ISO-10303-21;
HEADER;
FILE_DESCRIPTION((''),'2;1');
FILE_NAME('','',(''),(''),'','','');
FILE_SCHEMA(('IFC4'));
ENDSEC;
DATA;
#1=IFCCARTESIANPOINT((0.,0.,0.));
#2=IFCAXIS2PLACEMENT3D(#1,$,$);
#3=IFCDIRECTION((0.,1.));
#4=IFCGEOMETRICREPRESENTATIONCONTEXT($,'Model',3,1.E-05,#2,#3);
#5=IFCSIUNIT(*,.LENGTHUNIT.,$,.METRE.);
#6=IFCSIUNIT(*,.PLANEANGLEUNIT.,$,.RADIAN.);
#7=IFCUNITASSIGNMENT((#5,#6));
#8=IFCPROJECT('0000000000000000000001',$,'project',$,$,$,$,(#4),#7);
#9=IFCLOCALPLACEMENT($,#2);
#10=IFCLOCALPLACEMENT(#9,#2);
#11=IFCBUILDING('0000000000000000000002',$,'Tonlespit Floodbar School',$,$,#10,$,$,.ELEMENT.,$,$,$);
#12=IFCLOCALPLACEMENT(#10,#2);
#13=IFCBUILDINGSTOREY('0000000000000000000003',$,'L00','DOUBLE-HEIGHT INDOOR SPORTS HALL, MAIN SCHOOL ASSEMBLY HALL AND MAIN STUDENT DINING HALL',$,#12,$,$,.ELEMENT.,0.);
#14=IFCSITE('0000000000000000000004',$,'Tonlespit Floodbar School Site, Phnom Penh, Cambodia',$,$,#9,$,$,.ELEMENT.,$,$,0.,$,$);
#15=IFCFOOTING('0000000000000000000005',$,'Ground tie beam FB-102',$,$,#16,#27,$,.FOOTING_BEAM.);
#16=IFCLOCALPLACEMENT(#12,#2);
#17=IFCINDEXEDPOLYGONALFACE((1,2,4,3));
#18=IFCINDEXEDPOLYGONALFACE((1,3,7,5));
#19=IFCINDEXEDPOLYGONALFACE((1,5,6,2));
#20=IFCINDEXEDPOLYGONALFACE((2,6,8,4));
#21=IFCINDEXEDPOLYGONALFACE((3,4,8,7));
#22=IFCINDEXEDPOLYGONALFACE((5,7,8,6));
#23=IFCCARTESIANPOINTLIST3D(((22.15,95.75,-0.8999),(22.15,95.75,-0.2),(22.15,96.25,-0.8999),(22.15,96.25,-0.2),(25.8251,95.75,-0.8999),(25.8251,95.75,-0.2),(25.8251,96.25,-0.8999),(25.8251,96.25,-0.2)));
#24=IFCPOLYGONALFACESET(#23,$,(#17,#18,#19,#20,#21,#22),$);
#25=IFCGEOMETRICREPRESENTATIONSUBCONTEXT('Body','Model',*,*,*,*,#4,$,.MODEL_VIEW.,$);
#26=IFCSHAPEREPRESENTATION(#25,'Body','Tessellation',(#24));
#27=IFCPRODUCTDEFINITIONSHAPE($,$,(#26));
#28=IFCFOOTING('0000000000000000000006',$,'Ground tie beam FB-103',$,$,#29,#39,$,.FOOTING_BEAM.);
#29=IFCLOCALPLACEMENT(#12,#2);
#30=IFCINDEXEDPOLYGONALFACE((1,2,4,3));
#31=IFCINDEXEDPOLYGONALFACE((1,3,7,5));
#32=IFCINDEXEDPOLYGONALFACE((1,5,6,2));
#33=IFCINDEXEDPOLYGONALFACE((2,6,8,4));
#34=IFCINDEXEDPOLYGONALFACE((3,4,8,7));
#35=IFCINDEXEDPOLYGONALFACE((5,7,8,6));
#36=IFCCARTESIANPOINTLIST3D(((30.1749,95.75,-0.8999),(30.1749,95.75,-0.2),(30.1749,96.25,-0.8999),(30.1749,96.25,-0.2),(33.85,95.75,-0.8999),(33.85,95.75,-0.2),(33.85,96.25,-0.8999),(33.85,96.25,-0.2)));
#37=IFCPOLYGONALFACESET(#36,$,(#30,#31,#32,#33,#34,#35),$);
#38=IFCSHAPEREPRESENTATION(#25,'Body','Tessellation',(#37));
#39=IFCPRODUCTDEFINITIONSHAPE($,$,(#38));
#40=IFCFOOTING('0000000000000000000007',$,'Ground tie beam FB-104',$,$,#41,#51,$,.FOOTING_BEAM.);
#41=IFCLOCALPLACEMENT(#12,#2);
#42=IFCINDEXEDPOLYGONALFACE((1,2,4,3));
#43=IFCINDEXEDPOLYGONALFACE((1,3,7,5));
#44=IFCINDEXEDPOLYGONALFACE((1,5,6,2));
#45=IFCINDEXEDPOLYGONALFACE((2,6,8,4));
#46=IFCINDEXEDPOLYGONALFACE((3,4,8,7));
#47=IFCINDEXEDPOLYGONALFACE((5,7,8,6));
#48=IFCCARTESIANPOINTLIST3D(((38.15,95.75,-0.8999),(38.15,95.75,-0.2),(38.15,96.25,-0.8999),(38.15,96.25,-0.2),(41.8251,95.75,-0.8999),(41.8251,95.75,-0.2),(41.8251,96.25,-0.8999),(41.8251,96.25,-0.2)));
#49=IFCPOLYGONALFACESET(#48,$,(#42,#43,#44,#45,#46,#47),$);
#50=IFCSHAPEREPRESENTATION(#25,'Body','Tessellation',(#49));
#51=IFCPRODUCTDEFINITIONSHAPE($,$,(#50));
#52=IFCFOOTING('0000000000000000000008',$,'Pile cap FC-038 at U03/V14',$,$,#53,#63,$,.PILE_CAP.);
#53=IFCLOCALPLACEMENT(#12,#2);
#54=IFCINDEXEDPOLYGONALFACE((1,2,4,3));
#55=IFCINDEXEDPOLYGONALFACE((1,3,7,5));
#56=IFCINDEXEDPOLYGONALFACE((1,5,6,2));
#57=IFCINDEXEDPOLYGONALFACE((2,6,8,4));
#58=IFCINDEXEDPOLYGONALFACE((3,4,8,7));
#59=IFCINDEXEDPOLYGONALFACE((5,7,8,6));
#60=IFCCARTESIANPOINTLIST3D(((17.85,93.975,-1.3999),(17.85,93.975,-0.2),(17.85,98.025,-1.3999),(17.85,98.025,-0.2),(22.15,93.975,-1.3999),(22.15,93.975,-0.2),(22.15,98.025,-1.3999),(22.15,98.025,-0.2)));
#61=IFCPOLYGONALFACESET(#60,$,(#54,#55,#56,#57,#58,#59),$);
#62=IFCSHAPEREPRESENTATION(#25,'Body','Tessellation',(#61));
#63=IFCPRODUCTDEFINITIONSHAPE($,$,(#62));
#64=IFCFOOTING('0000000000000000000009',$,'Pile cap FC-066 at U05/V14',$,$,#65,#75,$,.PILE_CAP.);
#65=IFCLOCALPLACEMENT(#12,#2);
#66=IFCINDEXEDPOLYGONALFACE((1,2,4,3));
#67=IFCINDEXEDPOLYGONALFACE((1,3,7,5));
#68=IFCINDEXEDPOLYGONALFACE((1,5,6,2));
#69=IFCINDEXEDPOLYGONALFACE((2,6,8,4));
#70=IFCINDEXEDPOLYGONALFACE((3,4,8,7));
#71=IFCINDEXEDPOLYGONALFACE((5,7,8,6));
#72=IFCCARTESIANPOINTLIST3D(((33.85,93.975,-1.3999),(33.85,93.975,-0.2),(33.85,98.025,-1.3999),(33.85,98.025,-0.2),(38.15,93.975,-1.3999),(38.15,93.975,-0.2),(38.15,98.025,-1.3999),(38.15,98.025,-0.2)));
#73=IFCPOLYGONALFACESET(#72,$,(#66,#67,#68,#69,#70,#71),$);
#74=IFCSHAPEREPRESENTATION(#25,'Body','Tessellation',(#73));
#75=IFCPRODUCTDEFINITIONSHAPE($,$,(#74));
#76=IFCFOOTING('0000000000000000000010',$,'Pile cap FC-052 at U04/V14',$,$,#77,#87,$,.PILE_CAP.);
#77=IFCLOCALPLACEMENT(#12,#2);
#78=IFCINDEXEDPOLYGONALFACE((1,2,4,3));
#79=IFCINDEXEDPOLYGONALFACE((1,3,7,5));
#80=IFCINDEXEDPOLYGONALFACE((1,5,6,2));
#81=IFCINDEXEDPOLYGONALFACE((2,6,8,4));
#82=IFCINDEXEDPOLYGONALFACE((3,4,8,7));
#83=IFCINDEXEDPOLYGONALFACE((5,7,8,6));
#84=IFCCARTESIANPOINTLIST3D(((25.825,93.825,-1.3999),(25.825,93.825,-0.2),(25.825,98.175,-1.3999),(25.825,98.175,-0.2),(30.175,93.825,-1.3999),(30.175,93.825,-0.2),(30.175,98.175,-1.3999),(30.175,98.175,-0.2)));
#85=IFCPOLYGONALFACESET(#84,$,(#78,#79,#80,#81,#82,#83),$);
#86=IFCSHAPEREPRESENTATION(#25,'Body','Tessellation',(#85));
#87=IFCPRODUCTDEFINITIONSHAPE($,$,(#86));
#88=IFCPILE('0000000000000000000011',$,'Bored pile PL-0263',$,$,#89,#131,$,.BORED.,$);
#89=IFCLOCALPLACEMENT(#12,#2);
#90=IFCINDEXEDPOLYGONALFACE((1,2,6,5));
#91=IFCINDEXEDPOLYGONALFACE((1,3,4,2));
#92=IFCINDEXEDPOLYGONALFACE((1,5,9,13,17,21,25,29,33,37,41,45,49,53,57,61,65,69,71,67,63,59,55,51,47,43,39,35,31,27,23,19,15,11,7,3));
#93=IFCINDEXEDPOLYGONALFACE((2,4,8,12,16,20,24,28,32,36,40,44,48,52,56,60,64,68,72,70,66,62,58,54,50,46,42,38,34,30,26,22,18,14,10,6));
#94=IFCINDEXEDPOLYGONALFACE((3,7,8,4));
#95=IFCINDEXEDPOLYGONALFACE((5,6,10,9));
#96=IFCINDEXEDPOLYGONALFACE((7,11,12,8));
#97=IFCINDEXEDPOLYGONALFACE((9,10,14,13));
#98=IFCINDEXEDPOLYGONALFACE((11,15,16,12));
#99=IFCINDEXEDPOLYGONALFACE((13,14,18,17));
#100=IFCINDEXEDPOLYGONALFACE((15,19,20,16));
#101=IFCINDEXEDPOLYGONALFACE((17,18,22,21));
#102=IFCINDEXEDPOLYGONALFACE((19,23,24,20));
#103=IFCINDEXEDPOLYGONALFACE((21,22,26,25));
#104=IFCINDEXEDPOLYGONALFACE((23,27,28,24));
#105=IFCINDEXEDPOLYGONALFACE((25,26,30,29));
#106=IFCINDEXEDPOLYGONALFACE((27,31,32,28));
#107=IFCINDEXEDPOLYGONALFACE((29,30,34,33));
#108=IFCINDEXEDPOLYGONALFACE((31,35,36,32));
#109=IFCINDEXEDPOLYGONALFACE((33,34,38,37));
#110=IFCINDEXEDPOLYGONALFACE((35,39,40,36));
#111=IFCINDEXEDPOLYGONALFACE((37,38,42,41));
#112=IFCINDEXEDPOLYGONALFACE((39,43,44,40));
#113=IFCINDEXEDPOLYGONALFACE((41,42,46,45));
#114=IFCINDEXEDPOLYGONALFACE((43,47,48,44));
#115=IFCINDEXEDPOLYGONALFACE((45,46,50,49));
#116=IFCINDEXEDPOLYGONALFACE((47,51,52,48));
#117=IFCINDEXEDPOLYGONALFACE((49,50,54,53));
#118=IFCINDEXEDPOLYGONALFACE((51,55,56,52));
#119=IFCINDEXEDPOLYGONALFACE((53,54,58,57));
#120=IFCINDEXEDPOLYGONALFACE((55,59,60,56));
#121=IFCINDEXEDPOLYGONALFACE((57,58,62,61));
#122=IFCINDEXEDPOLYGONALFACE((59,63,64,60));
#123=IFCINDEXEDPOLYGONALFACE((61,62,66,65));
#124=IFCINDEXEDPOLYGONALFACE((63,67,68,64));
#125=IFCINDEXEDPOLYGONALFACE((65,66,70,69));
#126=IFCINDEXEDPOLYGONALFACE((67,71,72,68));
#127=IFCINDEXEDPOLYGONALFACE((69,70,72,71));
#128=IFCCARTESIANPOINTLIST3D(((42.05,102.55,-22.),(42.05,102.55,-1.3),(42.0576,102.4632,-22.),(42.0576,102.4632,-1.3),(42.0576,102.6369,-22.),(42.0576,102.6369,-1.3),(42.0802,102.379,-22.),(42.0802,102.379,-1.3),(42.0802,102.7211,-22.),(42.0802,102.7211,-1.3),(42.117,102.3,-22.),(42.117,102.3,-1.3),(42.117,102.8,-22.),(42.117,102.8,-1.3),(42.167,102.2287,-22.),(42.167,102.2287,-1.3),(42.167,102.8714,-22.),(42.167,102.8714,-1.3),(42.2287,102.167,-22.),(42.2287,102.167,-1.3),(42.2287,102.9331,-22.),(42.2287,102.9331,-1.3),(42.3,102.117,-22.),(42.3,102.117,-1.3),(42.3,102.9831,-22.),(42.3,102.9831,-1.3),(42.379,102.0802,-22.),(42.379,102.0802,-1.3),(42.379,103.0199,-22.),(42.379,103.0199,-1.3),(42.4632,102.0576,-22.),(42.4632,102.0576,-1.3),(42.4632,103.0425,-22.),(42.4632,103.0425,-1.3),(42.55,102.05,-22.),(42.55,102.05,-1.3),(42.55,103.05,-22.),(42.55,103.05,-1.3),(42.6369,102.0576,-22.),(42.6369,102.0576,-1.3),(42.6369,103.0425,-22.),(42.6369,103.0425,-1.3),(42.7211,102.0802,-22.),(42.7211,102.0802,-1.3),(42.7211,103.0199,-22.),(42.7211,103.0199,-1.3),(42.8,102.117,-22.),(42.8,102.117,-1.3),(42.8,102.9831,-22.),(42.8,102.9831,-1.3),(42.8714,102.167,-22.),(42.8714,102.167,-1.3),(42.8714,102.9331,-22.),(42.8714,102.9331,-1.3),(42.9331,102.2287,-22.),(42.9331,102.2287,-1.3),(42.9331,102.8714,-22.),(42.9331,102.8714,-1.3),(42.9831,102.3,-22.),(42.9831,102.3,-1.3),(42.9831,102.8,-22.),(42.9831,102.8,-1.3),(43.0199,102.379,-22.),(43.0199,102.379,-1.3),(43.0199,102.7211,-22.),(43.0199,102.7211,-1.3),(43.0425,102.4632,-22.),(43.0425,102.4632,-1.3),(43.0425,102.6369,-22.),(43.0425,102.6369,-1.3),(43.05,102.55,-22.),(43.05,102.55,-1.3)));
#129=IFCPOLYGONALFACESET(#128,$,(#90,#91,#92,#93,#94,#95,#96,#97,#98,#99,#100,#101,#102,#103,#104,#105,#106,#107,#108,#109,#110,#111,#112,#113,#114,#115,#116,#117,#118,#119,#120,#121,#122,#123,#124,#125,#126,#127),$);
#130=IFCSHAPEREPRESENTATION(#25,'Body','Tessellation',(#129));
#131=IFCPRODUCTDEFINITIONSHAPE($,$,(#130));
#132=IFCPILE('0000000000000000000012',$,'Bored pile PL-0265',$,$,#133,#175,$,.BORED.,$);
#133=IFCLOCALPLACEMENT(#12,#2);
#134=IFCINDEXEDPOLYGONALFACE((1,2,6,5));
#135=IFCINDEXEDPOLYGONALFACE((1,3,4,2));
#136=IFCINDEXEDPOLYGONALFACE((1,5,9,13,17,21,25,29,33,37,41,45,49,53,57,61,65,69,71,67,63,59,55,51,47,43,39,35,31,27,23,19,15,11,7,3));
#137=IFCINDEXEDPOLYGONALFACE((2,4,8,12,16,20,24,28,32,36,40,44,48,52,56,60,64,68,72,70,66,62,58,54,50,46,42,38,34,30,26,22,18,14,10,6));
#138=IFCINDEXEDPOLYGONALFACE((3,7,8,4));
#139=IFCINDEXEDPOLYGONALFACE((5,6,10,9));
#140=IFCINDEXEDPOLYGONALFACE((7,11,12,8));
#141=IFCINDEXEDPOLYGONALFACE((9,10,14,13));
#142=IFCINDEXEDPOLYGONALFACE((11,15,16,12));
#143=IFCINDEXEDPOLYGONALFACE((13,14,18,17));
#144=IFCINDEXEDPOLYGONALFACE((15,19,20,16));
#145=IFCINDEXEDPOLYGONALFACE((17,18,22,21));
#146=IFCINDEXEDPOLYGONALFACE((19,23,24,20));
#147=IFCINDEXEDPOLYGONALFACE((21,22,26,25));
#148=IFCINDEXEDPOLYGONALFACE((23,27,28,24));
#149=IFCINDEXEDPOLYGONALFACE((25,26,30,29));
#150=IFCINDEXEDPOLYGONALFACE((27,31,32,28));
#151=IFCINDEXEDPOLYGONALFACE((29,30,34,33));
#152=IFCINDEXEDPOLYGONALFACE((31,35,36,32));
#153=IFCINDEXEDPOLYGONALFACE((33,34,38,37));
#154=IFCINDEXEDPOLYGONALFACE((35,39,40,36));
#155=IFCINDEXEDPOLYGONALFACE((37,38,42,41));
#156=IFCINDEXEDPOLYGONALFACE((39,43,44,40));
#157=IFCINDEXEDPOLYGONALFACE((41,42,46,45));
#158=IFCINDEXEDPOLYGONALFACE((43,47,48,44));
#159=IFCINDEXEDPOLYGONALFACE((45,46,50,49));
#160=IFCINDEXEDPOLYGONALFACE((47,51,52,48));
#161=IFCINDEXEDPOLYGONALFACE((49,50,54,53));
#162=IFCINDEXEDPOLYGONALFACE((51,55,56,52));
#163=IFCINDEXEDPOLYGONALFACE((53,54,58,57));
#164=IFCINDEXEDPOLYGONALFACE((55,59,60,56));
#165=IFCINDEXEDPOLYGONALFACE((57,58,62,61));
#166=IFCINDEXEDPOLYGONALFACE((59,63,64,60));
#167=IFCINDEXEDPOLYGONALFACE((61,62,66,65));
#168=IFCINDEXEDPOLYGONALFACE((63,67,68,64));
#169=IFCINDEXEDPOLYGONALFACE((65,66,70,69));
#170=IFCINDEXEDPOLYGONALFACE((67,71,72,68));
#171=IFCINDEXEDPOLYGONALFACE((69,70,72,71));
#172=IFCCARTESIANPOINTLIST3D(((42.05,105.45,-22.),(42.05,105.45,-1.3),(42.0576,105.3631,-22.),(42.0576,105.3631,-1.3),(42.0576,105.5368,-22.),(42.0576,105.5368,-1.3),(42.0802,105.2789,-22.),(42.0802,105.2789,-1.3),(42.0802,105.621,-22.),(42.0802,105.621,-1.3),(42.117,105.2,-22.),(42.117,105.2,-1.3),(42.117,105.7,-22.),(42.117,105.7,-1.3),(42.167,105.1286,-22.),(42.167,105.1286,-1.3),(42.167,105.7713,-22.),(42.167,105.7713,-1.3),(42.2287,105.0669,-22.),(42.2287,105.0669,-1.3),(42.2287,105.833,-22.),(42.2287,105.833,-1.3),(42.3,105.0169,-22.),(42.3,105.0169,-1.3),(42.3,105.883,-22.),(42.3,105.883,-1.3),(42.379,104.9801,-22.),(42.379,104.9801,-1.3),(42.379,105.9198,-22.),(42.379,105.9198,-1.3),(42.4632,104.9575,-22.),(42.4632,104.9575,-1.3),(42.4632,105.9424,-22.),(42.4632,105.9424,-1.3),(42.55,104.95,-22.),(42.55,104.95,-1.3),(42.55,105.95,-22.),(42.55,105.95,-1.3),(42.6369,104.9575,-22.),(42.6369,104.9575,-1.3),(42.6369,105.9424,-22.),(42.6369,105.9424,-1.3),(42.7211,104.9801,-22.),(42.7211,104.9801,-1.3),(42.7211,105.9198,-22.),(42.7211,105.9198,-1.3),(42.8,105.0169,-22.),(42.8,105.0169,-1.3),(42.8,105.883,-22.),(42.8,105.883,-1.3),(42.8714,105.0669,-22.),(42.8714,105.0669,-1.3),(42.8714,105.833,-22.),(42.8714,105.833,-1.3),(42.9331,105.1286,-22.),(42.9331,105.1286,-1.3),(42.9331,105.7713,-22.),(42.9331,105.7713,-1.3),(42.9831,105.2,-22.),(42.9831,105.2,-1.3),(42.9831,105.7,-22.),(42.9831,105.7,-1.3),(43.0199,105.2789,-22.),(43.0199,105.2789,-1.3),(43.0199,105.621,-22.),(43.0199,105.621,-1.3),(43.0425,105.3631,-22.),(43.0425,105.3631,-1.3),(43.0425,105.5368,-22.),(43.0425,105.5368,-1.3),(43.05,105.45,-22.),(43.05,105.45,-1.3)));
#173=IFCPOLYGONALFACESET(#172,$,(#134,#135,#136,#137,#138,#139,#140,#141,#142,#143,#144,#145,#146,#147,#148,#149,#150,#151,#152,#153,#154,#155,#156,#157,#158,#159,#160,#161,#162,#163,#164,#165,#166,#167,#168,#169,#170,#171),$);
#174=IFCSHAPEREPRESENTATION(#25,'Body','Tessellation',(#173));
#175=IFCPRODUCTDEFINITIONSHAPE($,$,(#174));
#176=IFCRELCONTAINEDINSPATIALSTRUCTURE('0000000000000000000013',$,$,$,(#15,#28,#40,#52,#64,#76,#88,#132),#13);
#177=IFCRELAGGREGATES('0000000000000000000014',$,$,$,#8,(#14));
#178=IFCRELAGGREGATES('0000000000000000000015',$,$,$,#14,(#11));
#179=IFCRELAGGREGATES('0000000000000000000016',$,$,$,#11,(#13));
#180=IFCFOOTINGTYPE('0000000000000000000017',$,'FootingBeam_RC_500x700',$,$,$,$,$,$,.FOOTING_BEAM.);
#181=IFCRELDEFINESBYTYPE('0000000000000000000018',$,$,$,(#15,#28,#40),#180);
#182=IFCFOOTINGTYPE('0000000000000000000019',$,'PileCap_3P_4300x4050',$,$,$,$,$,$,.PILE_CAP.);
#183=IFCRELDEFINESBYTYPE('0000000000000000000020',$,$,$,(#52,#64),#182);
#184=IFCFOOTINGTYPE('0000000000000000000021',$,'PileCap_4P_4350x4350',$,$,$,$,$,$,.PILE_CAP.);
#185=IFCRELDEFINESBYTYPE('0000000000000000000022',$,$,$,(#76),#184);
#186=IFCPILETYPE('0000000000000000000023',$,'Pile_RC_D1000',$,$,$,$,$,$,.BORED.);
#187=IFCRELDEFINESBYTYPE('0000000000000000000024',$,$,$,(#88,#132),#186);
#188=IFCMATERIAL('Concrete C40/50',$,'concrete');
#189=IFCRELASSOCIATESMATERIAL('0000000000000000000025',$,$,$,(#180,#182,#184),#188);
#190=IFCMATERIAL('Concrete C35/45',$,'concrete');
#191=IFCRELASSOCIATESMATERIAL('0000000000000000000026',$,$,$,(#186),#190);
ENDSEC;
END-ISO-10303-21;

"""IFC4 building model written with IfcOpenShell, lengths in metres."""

from ifc_helpers import new_model, si_unit, direction, frame, origin, origin_2d, place, context, subcontext, project, spatial, rectangle, circle, extrude, material, material_profile, profile_set, type_object, element, save


model = new_model("IFC4")

# Units and contexts
model_context = context("Model", 3, precision=1e-05, world=origin(), true_north=direction((0.0, 1.0)))
body_context = subcontext(model_context, "Body", "Model", "MODEL_VIEW")
ifc_project = project(units=[si_unit("LENGTHUNIT", "METRE"), si_unit("PLANEANGLEUNIT", "RADIAN")], contexts=[model_context])

# Site, building, storey
site_placement = place(None, origin())
site = spatial("IfcSite", under=ifc_project, at=site_placement, Name="Tonlespit Floodbar School Site, Phnom Penh, Cambodia", CompositionType="ELEMENT", RefElevation=0.0)
building_placement = place(site_placement, origin())
building = spatial("IfcBuilding", under=site, at=building_placement, Name="Tonlespit Floodbar School", CompositionType="ELEMENT")
storey_placement = place(building_placement, origin())
storey = spatial("IfcBuildingStorey", under=building, at=storey_placement, Name="L00", Description="DOUBLE-HEIGHT INDOOR SPORTS HALL, MAIN SCHOOL ASSEMBLY HALL AND MAIN STUDENT DINING HALL", CompositionType="ELEMENT", Elevation=0.0)

# Footings
ifc_material_1 = material(Name="Concrete C40/50", Category="concrete")
footing_type_1 = type_object("IfcFootingType", Name="FootingBeam_RC_500x700", PredefinedType="FOOTING_BEAM", material=ifc_material_1)
for number, where, z_axis, x_axis, name in (
    (1, (23.9875, 96.0, -0.8999), (0.0, 0.0, 1.0), (1.0, 0.0, 0.0), "Ground tie beam FB-102"),
    (2, (32.0125, 96.0, -0.8999), (0.0, 0.0, 1.0), (1.0, 0.0, 0.0), "Ground tie beam FB-103"),
    (3, (39.9875, 96.0, -0.8999), (0.0, 0.0, 1.0), (1.0, 0.0, 0.0), "Ground tie beam FB-104"),
):
    element("IfcFooting", number, at=place(storey_placement, frame(where, z_axis=z_axis, x_axis=x_axis)), inside=storey, type_object=footing_type_1, Name=name, PredefinedType="FOOTING_BEAM", context=body_context, shape_type="SweptSolid", body=[
        extrude(rectangle(XDim=3.675, YDim=0.5, at=origin_2d()), origin(), (0.0, 0.0, 1.0), 0.7),
    ])
footing_type_2 = type_object("IfcFootingType", Name="PileCap_3P_4300x4050", PredefinedType="PILE_CAP", material=ifc_material_1)
for number, where, z_axis, x_axis, name in (
    (4, (20.0, 96.0, -1.3999), (0.0, 0.0, 1.0), (1.0, 0.0, 0.0), "Pile cap FC-038 at U03/V14"),
    (5, (36.0, 96.0, -1.3999), (0.0, 0.0, 1.0), (1.0, 0.0, 0.0), "Pile cap FC-066 at U05/V14"),
):
    element("IfcFooting", number, at=place(storey_placement, frame(where, z_axis=z_axis, x_axis=x_axis)), inside=storey, type_object=footing_type_2, Name=name, PredefinedType="PILE_CAP", context=body_context, shape_type="SweptSolid", body=[
        extrude(rectangle(XDim=4.3, YDim=4.05, at=origin_2d()), origin(), (0.0, 0.0, 1.0), 1.2),
    ])
footing_type_3 = type_object("IfcFootingType", Name="PileCap_4P_4350x4350", PredefinedType="PILE_CAP", material=ifc_material_1)
footing_placement = place(storey_placement, frame((28.0, 96.0, -1.3999), z_axis=(0.0, 0.0, 1.0), x_axis=(1.0, 0.0, 0.0)))
element("IfcFooting", 6, at=footing_placement, inside=storey, type_object=footing_type_3, Name="Pile cap FC-052 at U04/V14", PredefinedType="PILE_CAP", context=body_context, shape_type="SweptSolid", body=[
    extrude(rectangle(XDim=4.3501, YDim=4.3501, at=origin_2d()), origin(), (0.0, 0.0, 1.0), 1.2),
])

# Piles
ifc_material_2 = material(Name="Concrete C35/45", Category="concrete")
ifc_material_profile_1 = material_profile(ifc_material_2, circle(Radius=0.5, at=origin_2d()), Name="BP D1000")
ifc_profile_set_1 = profile_set([ifc_material_profile_1], Name="Concrete C35/45")
pile_type_1 = type_object("IfcPileType", Name="Pile_RC_D1000", PredefinedType="BORED", material=ifc_profile_set_1)
for number, where, z_axis, x_axis, name in (
    (7, (42.55, 102.55, -1.3), (0.0, 0.0, -1.0), (1.0, 0.0, 0.0), "Bored pile PL-0263"),
    (8, (42.55, 105.45, -1.3), (0.0, 0.0, -1.0), (1.0, 0.0, 0.0), "Bored pile PL-0265"),
):
    element("IfcPile", number, at=place(storey_placement, frame(where, z_axis=z_axis, x_axis=x_axis)), inside=storey, type_object=pile_type_1, Name=name, PredefinedType="BORED", context=body_context, shape_type="SweptSolid", body=[
        extrude(circle(Radius=0.5, at=origin_2d()), origin(), (0.0, 0.0, 1.0), 20.7),
    ])

save(model, "model.ifc")
